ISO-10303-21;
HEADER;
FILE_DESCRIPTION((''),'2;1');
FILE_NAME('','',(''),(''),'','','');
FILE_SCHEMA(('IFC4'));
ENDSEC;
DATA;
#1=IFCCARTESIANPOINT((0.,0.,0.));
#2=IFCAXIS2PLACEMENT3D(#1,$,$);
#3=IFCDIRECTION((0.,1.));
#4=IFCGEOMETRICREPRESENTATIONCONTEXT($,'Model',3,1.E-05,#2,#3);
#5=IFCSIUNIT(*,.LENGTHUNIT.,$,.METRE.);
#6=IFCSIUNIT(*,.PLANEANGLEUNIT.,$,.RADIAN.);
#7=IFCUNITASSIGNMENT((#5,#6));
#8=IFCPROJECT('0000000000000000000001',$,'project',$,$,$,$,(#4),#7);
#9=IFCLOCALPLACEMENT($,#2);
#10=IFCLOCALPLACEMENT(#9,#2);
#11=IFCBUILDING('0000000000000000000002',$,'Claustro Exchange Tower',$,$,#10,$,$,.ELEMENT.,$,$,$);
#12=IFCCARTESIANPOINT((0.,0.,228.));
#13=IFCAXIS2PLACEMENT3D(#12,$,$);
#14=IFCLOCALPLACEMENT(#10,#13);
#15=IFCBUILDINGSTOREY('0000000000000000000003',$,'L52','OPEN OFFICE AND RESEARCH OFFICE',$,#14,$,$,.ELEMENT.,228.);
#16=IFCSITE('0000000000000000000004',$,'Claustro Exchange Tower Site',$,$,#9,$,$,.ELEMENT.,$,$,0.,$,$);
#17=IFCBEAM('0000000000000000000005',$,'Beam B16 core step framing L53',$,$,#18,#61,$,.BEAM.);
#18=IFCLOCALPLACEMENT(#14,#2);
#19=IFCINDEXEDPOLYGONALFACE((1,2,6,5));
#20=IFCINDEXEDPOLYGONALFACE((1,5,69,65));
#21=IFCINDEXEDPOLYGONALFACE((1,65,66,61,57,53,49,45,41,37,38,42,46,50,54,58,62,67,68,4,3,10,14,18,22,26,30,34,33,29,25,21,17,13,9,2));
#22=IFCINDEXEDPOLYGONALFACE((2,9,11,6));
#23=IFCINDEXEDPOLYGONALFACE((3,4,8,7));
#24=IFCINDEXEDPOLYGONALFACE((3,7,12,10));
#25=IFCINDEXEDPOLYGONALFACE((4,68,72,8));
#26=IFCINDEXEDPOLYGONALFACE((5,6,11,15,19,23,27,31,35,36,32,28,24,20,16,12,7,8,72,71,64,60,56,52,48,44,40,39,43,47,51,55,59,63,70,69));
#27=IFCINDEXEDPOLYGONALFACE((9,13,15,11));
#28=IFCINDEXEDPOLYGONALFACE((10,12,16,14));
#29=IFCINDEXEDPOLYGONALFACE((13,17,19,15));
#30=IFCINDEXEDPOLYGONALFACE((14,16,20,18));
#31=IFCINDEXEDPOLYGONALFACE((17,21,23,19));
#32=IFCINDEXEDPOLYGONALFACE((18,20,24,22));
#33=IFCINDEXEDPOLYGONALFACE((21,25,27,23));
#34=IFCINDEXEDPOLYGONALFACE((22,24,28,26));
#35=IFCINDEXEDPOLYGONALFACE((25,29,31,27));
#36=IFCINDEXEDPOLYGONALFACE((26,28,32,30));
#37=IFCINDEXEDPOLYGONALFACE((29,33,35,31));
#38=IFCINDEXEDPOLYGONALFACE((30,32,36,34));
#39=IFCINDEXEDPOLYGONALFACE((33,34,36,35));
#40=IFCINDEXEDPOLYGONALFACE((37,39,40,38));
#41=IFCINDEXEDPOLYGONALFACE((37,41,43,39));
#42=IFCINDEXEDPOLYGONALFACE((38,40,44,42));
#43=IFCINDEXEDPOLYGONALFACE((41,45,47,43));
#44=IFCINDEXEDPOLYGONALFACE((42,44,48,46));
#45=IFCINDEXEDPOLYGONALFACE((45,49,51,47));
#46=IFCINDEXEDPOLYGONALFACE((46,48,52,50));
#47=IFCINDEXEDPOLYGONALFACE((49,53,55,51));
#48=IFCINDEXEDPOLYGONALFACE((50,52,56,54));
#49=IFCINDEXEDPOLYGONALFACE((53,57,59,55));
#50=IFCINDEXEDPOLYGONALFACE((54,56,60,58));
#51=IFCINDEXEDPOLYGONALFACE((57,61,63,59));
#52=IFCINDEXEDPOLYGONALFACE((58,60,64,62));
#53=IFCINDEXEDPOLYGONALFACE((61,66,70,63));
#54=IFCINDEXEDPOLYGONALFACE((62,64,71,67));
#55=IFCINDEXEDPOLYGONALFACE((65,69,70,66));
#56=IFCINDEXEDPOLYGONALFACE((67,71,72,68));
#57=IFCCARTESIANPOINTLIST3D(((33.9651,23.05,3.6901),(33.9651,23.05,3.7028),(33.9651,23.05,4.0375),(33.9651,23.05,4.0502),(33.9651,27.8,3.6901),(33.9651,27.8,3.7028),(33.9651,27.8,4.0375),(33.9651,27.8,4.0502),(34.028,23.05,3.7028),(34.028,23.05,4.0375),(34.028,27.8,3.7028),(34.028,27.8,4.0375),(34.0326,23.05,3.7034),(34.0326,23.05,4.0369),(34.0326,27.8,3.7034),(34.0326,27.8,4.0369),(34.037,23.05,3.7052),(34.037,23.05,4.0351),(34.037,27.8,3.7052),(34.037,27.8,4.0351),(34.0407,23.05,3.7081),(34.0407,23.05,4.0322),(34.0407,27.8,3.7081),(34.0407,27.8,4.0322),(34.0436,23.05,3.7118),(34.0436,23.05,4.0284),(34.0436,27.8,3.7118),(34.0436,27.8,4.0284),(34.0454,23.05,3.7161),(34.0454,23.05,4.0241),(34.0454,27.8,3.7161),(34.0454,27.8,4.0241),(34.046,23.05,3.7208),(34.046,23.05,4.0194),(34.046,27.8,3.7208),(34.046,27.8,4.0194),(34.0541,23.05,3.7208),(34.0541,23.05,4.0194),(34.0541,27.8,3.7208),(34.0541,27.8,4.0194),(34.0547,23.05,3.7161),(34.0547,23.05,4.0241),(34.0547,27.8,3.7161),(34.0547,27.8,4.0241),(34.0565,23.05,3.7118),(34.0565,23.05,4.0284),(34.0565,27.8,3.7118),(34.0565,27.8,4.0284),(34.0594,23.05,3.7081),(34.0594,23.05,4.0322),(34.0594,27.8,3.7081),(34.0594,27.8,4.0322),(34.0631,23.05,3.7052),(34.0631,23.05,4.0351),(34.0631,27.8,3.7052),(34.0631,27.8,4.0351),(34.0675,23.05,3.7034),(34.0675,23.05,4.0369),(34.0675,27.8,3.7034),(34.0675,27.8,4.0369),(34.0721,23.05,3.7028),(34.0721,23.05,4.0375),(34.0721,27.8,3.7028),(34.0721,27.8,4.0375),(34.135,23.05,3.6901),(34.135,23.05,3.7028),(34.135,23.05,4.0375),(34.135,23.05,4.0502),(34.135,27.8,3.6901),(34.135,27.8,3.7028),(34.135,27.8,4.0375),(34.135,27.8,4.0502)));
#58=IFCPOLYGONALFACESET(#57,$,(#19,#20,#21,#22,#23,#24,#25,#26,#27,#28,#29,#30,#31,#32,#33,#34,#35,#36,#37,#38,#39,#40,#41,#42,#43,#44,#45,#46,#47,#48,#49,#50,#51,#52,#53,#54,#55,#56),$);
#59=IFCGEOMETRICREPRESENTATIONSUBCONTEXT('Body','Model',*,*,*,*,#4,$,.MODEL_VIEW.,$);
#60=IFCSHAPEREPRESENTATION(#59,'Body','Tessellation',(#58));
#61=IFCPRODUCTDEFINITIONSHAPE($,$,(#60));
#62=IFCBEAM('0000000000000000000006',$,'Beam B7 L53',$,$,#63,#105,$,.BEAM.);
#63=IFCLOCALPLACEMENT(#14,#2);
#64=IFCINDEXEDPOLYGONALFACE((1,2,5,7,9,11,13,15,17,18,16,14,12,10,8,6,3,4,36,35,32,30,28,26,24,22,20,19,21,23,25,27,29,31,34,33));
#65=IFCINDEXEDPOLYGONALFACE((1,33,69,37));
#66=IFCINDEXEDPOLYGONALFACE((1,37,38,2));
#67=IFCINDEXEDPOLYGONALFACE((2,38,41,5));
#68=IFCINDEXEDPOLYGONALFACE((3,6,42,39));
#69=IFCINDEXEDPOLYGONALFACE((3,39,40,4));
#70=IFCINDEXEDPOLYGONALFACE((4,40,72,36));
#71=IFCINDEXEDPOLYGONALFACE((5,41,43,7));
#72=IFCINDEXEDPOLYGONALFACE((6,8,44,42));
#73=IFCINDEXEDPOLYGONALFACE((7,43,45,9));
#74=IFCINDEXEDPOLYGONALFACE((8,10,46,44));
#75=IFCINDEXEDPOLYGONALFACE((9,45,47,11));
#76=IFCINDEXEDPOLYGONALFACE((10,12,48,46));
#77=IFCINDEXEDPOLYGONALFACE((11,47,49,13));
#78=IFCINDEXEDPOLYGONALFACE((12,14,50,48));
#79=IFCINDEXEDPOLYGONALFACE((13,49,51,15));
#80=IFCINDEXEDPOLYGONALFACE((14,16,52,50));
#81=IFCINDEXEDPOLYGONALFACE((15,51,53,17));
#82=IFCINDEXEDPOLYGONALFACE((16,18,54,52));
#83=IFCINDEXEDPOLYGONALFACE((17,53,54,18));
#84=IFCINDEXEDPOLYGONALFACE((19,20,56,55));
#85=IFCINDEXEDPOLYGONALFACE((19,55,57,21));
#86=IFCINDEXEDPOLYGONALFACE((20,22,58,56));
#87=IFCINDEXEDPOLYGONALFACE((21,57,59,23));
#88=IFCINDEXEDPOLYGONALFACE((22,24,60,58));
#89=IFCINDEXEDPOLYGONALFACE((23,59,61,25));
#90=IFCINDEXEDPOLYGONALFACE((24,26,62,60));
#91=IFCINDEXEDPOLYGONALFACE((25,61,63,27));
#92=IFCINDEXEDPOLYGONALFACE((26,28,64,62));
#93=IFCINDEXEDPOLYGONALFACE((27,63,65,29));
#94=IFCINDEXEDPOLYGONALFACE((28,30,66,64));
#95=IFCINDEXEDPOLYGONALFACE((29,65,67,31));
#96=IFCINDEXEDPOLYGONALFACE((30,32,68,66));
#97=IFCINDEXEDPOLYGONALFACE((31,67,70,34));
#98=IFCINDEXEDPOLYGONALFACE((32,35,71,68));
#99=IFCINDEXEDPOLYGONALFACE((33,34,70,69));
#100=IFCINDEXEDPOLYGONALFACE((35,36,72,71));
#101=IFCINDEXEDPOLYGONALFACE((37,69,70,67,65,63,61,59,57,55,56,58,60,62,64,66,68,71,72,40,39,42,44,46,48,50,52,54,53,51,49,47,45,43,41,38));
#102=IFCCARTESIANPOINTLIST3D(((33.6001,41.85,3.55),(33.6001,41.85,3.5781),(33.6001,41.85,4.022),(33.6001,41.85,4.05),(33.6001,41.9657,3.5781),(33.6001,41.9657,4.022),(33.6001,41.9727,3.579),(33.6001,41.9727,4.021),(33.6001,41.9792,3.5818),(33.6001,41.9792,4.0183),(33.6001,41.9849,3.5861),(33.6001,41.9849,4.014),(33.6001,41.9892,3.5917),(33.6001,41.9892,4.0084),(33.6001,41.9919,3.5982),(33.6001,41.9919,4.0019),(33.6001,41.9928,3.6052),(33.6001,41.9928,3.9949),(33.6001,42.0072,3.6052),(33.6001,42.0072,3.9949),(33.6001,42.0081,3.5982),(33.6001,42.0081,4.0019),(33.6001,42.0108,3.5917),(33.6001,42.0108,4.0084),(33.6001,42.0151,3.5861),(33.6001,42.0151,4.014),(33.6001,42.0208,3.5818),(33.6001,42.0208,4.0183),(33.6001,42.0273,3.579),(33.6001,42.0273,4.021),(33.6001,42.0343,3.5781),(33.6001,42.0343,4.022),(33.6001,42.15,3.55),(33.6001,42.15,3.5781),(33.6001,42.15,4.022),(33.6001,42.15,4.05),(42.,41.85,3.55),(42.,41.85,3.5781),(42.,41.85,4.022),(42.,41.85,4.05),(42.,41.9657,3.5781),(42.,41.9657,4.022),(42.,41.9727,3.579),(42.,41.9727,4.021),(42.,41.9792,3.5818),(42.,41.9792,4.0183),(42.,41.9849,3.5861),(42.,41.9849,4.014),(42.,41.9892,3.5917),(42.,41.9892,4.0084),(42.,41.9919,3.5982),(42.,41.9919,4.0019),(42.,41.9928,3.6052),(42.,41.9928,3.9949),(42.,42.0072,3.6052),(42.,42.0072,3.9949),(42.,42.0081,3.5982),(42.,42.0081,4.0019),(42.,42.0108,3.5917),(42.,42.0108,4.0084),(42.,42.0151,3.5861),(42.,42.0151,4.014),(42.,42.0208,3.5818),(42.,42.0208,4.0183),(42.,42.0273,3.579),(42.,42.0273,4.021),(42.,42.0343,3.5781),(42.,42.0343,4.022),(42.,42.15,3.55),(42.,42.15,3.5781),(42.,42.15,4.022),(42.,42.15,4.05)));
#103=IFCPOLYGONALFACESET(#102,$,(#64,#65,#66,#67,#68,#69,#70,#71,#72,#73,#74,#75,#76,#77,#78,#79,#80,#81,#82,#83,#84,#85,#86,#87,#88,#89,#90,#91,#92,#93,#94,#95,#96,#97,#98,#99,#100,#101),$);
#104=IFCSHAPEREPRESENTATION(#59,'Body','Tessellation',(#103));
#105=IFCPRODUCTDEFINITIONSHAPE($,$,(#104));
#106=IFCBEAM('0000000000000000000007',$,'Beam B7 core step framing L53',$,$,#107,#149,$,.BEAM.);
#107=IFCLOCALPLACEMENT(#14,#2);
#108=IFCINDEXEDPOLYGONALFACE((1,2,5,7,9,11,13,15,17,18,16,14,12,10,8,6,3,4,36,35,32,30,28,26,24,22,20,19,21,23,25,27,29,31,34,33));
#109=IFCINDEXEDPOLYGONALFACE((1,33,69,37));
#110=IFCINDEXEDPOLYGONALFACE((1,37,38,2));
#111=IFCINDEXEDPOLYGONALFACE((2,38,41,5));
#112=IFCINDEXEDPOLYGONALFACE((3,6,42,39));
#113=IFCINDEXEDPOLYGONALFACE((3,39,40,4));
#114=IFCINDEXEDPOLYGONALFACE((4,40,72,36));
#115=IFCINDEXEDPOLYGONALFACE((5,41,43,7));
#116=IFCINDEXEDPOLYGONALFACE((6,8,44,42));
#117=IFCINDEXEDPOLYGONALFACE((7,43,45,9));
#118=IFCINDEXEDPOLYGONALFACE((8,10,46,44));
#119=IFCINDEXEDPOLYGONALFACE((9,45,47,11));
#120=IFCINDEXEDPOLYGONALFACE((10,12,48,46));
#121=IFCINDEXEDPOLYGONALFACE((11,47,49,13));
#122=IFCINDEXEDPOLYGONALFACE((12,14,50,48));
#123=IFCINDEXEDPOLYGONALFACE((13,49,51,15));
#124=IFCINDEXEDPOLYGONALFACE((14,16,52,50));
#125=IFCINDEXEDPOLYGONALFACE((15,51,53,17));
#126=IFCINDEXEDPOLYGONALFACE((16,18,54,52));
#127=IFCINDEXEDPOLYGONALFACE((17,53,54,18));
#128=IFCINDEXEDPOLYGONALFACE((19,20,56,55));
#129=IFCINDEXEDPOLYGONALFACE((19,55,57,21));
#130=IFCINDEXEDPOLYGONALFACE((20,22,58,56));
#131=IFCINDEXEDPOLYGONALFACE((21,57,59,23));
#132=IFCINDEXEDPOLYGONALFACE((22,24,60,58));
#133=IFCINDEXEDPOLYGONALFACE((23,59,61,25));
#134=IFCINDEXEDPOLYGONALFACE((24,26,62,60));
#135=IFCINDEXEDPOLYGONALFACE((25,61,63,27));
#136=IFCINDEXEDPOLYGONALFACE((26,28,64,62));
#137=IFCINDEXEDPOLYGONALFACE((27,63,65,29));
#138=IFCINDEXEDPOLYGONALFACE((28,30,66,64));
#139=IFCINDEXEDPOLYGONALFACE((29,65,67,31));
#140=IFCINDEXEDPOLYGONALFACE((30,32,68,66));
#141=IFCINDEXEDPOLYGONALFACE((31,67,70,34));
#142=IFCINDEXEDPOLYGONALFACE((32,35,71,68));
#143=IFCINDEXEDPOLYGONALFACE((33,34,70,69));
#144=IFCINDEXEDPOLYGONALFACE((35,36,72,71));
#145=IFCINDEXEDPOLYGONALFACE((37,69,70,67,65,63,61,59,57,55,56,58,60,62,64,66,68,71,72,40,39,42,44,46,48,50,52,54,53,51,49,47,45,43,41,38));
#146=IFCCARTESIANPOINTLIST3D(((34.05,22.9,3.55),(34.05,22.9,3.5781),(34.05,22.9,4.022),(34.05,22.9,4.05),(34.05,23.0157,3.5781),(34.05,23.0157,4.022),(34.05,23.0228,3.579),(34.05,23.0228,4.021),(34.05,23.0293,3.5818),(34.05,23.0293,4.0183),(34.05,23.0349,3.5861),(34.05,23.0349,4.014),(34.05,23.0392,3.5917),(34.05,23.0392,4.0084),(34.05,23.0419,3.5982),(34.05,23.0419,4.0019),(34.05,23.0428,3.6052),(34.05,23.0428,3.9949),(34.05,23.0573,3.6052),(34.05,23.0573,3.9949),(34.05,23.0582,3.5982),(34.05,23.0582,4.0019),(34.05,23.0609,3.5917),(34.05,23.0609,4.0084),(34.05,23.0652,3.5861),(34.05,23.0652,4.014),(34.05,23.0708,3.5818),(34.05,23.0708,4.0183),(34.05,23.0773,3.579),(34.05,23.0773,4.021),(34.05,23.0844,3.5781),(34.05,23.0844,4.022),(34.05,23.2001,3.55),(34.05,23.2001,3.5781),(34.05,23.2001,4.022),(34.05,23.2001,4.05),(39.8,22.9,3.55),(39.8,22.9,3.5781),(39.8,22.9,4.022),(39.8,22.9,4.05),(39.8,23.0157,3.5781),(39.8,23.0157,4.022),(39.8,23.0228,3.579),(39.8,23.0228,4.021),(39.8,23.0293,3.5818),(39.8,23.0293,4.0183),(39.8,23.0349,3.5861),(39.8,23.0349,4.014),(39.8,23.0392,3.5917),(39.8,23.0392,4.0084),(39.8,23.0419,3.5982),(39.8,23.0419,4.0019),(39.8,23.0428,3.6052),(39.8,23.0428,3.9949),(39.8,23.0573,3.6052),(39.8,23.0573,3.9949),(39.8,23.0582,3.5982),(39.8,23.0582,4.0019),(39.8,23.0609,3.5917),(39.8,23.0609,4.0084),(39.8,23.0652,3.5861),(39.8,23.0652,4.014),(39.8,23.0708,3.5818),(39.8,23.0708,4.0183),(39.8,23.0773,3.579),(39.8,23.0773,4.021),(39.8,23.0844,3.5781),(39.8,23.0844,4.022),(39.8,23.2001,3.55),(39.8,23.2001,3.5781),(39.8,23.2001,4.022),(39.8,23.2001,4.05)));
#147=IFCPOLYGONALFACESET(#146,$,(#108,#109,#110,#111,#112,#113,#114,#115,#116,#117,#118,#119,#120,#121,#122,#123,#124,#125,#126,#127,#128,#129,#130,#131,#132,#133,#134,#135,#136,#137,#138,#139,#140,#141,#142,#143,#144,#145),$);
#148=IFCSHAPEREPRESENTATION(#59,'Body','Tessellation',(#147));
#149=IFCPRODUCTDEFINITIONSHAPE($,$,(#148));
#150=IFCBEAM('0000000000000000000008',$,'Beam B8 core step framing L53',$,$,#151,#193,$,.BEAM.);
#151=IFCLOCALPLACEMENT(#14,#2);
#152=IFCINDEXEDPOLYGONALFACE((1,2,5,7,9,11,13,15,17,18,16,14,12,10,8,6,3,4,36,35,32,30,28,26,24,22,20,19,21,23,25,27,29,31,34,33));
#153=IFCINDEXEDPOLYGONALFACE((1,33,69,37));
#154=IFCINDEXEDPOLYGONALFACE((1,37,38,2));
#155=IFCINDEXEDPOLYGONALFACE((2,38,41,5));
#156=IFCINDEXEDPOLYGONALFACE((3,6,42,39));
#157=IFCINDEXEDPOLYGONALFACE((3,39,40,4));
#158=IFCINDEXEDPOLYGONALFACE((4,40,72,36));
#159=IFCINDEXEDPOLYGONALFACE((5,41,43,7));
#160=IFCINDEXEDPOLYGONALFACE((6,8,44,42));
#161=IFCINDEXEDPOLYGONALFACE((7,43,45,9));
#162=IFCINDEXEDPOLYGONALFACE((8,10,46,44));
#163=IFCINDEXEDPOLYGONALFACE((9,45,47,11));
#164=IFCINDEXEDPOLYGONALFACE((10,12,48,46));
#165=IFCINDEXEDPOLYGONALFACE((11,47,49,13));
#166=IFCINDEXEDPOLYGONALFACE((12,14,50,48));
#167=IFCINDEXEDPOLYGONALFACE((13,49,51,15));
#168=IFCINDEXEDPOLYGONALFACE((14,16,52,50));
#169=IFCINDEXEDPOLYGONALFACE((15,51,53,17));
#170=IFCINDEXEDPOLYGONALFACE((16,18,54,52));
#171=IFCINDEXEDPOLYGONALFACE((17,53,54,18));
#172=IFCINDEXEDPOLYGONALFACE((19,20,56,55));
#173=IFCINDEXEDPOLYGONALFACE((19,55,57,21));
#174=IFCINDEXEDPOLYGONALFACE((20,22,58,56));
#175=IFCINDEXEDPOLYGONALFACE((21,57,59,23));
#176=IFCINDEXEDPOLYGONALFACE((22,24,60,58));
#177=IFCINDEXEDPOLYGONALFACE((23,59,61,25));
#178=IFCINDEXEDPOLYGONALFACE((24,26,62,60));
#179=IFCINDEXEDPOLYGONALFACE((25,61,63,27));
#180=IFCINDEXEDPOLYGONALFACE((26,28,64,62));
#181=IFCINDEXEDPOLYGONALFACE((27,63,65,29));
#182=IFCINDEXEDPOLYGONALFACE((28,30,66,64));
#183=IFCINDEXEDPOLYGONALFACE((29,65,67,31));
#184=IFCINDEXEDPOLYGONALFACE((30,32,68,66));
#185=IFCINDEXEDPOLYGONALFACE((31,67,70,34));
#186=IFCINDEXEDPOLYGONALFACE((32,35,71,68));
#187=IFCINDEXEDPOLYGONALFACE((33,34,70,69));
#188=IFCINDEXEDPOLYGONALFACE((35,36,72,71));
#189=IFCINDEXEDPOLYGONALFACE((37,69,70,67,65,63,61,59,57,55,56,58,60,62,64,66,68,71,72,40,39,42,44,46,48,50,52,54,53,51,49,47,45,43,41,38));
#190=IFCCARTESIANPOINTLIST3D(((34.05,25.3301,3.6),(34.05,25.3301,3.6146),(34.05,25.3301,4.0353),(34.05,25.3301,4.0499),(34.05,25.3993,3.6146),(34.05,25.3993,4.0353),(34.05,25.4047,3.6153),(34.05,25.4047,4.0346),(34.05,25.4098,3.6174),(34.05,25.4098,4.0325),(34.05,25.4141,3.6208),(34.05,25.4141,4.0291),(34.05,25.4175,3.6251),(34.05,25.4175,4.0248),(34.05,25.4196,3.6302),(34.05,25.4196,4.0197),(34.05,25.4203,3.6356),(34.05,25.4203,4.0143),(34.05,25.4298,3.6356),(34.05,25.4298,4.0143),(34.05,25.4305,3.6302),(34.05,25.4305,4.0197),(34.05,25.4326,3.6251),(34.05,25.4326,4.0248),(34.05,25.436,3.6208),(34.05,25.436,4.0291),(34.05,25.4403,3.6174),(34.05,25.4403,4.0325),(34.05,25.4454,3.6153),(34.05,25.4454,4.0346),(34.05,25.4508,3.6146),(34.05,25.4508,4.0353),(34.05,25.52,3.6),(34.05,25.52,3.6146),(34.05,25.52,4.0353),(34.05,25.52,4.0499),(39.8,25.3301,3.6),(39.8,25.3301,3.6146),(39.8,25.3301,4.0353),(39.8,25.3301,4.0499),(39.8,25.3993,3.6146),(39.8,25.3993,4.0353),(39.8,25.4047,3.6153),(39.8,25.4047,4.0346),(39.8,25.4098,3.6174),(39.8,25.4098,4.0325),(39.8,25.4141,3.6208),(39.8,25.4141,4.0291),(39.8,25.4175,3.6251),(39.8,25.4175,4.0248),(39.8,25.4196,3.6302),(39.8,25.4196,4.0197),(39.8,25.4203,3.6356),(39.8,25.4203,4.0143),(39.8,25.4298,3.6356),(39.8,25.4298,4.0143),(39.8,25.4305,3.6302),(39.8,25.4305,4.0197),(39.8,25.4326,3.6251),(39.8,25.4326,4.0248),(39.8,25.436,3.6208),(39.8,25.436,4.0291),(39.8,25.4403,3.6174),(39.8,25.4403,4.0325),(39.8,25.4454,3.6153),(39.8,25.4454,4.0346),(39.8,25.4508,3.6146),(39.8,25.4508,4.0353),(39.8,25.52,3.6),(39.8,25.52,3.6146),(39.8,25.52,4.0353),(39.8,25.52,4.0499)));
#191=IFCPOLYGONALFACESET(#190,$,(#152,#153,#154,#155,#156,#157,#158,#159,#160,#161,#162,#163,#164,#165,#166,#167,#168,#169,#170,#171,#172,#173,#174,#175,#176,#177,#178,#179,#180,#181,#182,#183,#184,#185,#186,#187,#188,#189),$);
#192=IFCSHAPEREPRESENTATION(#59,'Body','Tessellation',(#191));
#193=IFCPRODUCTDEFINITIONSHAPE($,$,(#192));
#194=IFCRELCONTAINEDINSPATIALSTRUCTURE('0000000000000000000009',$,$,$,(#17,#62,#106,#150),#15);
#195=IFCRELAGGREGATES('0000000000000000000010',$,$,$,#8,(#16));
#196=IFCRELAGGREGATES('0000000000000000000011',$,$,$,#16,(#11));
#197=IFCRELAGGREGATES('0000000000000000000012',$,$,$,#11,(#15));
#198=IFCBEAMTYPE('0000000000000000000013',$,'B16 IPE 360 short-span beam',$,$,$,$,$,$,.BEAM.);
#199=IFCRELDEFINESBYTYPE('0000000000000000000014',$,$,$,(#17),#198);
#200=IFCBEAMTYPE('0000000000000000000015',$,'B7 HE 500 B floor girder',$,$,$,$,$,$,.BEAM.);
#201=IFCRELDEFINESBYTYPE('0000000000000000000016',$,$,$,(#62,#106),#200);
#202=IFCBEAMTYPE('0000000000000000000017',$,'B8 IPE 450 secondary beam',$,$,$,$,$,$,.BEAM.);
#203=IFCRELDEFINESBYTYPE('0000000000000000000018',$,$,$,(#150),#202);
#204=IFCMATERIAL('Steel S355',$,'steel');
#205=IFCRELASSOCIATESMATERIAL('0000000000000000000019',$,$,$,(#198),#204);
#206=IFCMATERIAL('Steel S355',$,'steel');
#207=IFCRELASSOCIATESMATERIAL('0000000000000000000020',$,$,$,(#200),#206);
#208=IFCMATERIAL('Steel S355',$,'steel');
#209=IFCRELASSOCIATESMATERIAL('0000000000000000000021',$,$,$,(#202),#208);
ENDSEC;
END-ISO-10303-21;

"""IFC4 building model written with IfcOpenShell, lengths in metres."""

from ifc_helpers import new_model, si_unit, direction, frame, origin, origin_2d, place, context, subcontext, project, spatial, i_section, extrude, material, material_profile, profile_set, type_object, element, save


model = new_model("IFC4")

# Units and contexts
model_context = context("Model", 3, precision=1e-05, world=origin(), true_north=direction((0.0, 1.0)))
body_context = subcontext(model_context, "Body", "Model", "MODEL_VIEW")
ifc_project = project(units=[si_unit("LENGTHUNIT", "METRE"), si_unit("PLANEANGLEUNIT", "RADIAN")], contexts=[model_context])

# Site, building, storey
site_placement = place(None, origin())
site = spatial("IfcSite", under=ifc_project, at=site_placement, Name="Claustro Exchange Tower Site", CompositionType="ELEMENT", RefElevation=0.0)
building_placement = place(site_placement, origin())
building = spatial("IfcBuilding", under=site, at=building_placement, Name="Claustro Exchange Tower", CompositionType="ELEMENT")
storey_placement = place(building_placement, frame((0.0, 0.0, 228.0)))
storey = spatial("IfcBuildingStorey", under=building, at=storey_placement, Name="L52", Description="OPEN OFFICE AND RESEARCH OFFICE", CompositionType="ELEMENT", Elevation=228.0)

# Beams
ifc_material_1 = material(Name="Steel S355", Category="steel")
ifc_material_profile_1 = material_profile(ifc_material_1, i_section(OverallWidth=0.1699, OverallDepth=0.3601, WebThickness=0.0081, FlangeThickness=0.0127, FilletRadius=0.0181, at=origin_2d()), Name="IPE 360")
ifc_profile_set_1 = profile_set([ifc_material_profile_1], Name="Steel S355")
beam_type_1 = type_object("IfcBeamType", Name="B16 IPE 360 short-span beam", PredefinedType="BEAM", material=ifc_profile_set_1)
beam_1_placement = place(storey_placement, frame((34.05, 23.05, 3.8701), z_axis=(0.0, 1.0, 0.0), x_axis=(-1.0, 0.0, 0.0)))
element("IfcBeam", 1, at=beam_1_placement, inside=storey, type_object=beam_type_1, Name="Beam B16 core step framing L53", PredefinedType="BEAM", context=body_context, shape_type="SweptSolid", body=[
    extrude(i_section(OverallWidth=0.1699, OverallDepth=0.3601, WebThickness=0.0081, FlangeThickness=0.0127, FilletRadius=0.0181, at=origin_2d()), origin(), (0.0, 0.0, 1.0), 4.75),
])
ifc_material_2 = material(Name="Steel S355", Category="steel")
ifc_material_profile_2 = material_profile(ifc_material_2, i_section(OverallWidth=0.3, OverallDepth=0.5, WebThickness=0.0144, FlangeThickness=0.0281, FilletRadius=0.0271, at=origin_2d()), Name="HE 500 B")
ifc_profile_set_2 = profile_set([ifc_material_profile_2], Name="Steel S355")
beam_type_2 = type_object("IfcBeamType", Name="B7 HE 500 B floor girder", PredefinedType="BEAM", material=ifc_profile_set_2)
beam_2_placement = place(storey_placement, frame((33.6001, 42.0, 3.8), z_axis=(1.0, 0.0, 0.0), x_axis=(0.0, 1.0, 0.0)))
element("IfcBeam", 2, at=beam_2_placement, inside=storey, type_object=beam_type_2, Name="Beam B7 L53", PredefinedType="BEAM", context=body_context, shape_type="SweptSolid", body=[
    extrude(i_section(OverallWidth=0.3, OverallDepth=0.5, WebThickness=0.0144, FlangeThickness=0.0281, FilletRadius=0.0271, at=origin_2d()), origin(), (0.0, 0.0, 1.0), 8.3999),
])
beam_3_placement = place(storey_placement, frame((34.05, 23.05, 3.8), z_axis=(1.0, 0.0, 0.0), x_axis=(0.0, 1.0, 0.0)))
element("IfcBeam", 3, at=beam_3_placement, inside=storey, type_object=beam_type_2, Name="Beam B7 core step framing L53", PredefinedType="BEAM", context=body_context, shape_type="SweptSolid", body=[
    extrude(i_section(OverallWidth=0.3, OverallDepth=0.5, WebThickness=0.0144, FlangeThickness=0.0281, FilletRadius=0.0271, at=origin_2d()), origin(), (0.0, 0.0, 1.0), 5.75),
])
ifc_material_3 = material(Name="Steel S355", Category="steel")
ifc_material_profile_3 = material_profile(ifc_material_3, i_section(OverallWidth=0.1899, OverallDepth=0.45, WebThickness=0.0095, FlangeThickness=0.0146, FilletRadius=0.021, at=origin_2d()), Name="IPE 450")
ifc_profile_set_3 = profile_set([ifc_material_profile_3], Name="Steel S355")
beam_type_3 = type_object("IfcBeamType", Name="B8 IPE 450 secondary beam", PredefinedType="BEAM", material=ifc_profile_set_3)
beam_4_placement = place(storey_placement, frame((34.05, 25.425, 3.825), z_axis=(1.0, 0.0, 0.0), x_axis=(0.0, 1.0, 0.0)))
element("IfcBeam", 4, at=beam_4_placement, inside=storey, type_object=beam_type_3, Name="Beam B8 core step framing L53", PredefinedType="BEAM", context=body_context, shape_type="SweptSolid", body=[
    extrude(i_section(OverallWidth=0.1899, OverallDepth=0.45, WebThickness=0.0095, FlangeThickness=0.0146, FilletRadius=0.021, at=origin_2d()), origin(), (0.0, 0.0, 1.0), 5.75),
])

save(model, "model.ifc")
